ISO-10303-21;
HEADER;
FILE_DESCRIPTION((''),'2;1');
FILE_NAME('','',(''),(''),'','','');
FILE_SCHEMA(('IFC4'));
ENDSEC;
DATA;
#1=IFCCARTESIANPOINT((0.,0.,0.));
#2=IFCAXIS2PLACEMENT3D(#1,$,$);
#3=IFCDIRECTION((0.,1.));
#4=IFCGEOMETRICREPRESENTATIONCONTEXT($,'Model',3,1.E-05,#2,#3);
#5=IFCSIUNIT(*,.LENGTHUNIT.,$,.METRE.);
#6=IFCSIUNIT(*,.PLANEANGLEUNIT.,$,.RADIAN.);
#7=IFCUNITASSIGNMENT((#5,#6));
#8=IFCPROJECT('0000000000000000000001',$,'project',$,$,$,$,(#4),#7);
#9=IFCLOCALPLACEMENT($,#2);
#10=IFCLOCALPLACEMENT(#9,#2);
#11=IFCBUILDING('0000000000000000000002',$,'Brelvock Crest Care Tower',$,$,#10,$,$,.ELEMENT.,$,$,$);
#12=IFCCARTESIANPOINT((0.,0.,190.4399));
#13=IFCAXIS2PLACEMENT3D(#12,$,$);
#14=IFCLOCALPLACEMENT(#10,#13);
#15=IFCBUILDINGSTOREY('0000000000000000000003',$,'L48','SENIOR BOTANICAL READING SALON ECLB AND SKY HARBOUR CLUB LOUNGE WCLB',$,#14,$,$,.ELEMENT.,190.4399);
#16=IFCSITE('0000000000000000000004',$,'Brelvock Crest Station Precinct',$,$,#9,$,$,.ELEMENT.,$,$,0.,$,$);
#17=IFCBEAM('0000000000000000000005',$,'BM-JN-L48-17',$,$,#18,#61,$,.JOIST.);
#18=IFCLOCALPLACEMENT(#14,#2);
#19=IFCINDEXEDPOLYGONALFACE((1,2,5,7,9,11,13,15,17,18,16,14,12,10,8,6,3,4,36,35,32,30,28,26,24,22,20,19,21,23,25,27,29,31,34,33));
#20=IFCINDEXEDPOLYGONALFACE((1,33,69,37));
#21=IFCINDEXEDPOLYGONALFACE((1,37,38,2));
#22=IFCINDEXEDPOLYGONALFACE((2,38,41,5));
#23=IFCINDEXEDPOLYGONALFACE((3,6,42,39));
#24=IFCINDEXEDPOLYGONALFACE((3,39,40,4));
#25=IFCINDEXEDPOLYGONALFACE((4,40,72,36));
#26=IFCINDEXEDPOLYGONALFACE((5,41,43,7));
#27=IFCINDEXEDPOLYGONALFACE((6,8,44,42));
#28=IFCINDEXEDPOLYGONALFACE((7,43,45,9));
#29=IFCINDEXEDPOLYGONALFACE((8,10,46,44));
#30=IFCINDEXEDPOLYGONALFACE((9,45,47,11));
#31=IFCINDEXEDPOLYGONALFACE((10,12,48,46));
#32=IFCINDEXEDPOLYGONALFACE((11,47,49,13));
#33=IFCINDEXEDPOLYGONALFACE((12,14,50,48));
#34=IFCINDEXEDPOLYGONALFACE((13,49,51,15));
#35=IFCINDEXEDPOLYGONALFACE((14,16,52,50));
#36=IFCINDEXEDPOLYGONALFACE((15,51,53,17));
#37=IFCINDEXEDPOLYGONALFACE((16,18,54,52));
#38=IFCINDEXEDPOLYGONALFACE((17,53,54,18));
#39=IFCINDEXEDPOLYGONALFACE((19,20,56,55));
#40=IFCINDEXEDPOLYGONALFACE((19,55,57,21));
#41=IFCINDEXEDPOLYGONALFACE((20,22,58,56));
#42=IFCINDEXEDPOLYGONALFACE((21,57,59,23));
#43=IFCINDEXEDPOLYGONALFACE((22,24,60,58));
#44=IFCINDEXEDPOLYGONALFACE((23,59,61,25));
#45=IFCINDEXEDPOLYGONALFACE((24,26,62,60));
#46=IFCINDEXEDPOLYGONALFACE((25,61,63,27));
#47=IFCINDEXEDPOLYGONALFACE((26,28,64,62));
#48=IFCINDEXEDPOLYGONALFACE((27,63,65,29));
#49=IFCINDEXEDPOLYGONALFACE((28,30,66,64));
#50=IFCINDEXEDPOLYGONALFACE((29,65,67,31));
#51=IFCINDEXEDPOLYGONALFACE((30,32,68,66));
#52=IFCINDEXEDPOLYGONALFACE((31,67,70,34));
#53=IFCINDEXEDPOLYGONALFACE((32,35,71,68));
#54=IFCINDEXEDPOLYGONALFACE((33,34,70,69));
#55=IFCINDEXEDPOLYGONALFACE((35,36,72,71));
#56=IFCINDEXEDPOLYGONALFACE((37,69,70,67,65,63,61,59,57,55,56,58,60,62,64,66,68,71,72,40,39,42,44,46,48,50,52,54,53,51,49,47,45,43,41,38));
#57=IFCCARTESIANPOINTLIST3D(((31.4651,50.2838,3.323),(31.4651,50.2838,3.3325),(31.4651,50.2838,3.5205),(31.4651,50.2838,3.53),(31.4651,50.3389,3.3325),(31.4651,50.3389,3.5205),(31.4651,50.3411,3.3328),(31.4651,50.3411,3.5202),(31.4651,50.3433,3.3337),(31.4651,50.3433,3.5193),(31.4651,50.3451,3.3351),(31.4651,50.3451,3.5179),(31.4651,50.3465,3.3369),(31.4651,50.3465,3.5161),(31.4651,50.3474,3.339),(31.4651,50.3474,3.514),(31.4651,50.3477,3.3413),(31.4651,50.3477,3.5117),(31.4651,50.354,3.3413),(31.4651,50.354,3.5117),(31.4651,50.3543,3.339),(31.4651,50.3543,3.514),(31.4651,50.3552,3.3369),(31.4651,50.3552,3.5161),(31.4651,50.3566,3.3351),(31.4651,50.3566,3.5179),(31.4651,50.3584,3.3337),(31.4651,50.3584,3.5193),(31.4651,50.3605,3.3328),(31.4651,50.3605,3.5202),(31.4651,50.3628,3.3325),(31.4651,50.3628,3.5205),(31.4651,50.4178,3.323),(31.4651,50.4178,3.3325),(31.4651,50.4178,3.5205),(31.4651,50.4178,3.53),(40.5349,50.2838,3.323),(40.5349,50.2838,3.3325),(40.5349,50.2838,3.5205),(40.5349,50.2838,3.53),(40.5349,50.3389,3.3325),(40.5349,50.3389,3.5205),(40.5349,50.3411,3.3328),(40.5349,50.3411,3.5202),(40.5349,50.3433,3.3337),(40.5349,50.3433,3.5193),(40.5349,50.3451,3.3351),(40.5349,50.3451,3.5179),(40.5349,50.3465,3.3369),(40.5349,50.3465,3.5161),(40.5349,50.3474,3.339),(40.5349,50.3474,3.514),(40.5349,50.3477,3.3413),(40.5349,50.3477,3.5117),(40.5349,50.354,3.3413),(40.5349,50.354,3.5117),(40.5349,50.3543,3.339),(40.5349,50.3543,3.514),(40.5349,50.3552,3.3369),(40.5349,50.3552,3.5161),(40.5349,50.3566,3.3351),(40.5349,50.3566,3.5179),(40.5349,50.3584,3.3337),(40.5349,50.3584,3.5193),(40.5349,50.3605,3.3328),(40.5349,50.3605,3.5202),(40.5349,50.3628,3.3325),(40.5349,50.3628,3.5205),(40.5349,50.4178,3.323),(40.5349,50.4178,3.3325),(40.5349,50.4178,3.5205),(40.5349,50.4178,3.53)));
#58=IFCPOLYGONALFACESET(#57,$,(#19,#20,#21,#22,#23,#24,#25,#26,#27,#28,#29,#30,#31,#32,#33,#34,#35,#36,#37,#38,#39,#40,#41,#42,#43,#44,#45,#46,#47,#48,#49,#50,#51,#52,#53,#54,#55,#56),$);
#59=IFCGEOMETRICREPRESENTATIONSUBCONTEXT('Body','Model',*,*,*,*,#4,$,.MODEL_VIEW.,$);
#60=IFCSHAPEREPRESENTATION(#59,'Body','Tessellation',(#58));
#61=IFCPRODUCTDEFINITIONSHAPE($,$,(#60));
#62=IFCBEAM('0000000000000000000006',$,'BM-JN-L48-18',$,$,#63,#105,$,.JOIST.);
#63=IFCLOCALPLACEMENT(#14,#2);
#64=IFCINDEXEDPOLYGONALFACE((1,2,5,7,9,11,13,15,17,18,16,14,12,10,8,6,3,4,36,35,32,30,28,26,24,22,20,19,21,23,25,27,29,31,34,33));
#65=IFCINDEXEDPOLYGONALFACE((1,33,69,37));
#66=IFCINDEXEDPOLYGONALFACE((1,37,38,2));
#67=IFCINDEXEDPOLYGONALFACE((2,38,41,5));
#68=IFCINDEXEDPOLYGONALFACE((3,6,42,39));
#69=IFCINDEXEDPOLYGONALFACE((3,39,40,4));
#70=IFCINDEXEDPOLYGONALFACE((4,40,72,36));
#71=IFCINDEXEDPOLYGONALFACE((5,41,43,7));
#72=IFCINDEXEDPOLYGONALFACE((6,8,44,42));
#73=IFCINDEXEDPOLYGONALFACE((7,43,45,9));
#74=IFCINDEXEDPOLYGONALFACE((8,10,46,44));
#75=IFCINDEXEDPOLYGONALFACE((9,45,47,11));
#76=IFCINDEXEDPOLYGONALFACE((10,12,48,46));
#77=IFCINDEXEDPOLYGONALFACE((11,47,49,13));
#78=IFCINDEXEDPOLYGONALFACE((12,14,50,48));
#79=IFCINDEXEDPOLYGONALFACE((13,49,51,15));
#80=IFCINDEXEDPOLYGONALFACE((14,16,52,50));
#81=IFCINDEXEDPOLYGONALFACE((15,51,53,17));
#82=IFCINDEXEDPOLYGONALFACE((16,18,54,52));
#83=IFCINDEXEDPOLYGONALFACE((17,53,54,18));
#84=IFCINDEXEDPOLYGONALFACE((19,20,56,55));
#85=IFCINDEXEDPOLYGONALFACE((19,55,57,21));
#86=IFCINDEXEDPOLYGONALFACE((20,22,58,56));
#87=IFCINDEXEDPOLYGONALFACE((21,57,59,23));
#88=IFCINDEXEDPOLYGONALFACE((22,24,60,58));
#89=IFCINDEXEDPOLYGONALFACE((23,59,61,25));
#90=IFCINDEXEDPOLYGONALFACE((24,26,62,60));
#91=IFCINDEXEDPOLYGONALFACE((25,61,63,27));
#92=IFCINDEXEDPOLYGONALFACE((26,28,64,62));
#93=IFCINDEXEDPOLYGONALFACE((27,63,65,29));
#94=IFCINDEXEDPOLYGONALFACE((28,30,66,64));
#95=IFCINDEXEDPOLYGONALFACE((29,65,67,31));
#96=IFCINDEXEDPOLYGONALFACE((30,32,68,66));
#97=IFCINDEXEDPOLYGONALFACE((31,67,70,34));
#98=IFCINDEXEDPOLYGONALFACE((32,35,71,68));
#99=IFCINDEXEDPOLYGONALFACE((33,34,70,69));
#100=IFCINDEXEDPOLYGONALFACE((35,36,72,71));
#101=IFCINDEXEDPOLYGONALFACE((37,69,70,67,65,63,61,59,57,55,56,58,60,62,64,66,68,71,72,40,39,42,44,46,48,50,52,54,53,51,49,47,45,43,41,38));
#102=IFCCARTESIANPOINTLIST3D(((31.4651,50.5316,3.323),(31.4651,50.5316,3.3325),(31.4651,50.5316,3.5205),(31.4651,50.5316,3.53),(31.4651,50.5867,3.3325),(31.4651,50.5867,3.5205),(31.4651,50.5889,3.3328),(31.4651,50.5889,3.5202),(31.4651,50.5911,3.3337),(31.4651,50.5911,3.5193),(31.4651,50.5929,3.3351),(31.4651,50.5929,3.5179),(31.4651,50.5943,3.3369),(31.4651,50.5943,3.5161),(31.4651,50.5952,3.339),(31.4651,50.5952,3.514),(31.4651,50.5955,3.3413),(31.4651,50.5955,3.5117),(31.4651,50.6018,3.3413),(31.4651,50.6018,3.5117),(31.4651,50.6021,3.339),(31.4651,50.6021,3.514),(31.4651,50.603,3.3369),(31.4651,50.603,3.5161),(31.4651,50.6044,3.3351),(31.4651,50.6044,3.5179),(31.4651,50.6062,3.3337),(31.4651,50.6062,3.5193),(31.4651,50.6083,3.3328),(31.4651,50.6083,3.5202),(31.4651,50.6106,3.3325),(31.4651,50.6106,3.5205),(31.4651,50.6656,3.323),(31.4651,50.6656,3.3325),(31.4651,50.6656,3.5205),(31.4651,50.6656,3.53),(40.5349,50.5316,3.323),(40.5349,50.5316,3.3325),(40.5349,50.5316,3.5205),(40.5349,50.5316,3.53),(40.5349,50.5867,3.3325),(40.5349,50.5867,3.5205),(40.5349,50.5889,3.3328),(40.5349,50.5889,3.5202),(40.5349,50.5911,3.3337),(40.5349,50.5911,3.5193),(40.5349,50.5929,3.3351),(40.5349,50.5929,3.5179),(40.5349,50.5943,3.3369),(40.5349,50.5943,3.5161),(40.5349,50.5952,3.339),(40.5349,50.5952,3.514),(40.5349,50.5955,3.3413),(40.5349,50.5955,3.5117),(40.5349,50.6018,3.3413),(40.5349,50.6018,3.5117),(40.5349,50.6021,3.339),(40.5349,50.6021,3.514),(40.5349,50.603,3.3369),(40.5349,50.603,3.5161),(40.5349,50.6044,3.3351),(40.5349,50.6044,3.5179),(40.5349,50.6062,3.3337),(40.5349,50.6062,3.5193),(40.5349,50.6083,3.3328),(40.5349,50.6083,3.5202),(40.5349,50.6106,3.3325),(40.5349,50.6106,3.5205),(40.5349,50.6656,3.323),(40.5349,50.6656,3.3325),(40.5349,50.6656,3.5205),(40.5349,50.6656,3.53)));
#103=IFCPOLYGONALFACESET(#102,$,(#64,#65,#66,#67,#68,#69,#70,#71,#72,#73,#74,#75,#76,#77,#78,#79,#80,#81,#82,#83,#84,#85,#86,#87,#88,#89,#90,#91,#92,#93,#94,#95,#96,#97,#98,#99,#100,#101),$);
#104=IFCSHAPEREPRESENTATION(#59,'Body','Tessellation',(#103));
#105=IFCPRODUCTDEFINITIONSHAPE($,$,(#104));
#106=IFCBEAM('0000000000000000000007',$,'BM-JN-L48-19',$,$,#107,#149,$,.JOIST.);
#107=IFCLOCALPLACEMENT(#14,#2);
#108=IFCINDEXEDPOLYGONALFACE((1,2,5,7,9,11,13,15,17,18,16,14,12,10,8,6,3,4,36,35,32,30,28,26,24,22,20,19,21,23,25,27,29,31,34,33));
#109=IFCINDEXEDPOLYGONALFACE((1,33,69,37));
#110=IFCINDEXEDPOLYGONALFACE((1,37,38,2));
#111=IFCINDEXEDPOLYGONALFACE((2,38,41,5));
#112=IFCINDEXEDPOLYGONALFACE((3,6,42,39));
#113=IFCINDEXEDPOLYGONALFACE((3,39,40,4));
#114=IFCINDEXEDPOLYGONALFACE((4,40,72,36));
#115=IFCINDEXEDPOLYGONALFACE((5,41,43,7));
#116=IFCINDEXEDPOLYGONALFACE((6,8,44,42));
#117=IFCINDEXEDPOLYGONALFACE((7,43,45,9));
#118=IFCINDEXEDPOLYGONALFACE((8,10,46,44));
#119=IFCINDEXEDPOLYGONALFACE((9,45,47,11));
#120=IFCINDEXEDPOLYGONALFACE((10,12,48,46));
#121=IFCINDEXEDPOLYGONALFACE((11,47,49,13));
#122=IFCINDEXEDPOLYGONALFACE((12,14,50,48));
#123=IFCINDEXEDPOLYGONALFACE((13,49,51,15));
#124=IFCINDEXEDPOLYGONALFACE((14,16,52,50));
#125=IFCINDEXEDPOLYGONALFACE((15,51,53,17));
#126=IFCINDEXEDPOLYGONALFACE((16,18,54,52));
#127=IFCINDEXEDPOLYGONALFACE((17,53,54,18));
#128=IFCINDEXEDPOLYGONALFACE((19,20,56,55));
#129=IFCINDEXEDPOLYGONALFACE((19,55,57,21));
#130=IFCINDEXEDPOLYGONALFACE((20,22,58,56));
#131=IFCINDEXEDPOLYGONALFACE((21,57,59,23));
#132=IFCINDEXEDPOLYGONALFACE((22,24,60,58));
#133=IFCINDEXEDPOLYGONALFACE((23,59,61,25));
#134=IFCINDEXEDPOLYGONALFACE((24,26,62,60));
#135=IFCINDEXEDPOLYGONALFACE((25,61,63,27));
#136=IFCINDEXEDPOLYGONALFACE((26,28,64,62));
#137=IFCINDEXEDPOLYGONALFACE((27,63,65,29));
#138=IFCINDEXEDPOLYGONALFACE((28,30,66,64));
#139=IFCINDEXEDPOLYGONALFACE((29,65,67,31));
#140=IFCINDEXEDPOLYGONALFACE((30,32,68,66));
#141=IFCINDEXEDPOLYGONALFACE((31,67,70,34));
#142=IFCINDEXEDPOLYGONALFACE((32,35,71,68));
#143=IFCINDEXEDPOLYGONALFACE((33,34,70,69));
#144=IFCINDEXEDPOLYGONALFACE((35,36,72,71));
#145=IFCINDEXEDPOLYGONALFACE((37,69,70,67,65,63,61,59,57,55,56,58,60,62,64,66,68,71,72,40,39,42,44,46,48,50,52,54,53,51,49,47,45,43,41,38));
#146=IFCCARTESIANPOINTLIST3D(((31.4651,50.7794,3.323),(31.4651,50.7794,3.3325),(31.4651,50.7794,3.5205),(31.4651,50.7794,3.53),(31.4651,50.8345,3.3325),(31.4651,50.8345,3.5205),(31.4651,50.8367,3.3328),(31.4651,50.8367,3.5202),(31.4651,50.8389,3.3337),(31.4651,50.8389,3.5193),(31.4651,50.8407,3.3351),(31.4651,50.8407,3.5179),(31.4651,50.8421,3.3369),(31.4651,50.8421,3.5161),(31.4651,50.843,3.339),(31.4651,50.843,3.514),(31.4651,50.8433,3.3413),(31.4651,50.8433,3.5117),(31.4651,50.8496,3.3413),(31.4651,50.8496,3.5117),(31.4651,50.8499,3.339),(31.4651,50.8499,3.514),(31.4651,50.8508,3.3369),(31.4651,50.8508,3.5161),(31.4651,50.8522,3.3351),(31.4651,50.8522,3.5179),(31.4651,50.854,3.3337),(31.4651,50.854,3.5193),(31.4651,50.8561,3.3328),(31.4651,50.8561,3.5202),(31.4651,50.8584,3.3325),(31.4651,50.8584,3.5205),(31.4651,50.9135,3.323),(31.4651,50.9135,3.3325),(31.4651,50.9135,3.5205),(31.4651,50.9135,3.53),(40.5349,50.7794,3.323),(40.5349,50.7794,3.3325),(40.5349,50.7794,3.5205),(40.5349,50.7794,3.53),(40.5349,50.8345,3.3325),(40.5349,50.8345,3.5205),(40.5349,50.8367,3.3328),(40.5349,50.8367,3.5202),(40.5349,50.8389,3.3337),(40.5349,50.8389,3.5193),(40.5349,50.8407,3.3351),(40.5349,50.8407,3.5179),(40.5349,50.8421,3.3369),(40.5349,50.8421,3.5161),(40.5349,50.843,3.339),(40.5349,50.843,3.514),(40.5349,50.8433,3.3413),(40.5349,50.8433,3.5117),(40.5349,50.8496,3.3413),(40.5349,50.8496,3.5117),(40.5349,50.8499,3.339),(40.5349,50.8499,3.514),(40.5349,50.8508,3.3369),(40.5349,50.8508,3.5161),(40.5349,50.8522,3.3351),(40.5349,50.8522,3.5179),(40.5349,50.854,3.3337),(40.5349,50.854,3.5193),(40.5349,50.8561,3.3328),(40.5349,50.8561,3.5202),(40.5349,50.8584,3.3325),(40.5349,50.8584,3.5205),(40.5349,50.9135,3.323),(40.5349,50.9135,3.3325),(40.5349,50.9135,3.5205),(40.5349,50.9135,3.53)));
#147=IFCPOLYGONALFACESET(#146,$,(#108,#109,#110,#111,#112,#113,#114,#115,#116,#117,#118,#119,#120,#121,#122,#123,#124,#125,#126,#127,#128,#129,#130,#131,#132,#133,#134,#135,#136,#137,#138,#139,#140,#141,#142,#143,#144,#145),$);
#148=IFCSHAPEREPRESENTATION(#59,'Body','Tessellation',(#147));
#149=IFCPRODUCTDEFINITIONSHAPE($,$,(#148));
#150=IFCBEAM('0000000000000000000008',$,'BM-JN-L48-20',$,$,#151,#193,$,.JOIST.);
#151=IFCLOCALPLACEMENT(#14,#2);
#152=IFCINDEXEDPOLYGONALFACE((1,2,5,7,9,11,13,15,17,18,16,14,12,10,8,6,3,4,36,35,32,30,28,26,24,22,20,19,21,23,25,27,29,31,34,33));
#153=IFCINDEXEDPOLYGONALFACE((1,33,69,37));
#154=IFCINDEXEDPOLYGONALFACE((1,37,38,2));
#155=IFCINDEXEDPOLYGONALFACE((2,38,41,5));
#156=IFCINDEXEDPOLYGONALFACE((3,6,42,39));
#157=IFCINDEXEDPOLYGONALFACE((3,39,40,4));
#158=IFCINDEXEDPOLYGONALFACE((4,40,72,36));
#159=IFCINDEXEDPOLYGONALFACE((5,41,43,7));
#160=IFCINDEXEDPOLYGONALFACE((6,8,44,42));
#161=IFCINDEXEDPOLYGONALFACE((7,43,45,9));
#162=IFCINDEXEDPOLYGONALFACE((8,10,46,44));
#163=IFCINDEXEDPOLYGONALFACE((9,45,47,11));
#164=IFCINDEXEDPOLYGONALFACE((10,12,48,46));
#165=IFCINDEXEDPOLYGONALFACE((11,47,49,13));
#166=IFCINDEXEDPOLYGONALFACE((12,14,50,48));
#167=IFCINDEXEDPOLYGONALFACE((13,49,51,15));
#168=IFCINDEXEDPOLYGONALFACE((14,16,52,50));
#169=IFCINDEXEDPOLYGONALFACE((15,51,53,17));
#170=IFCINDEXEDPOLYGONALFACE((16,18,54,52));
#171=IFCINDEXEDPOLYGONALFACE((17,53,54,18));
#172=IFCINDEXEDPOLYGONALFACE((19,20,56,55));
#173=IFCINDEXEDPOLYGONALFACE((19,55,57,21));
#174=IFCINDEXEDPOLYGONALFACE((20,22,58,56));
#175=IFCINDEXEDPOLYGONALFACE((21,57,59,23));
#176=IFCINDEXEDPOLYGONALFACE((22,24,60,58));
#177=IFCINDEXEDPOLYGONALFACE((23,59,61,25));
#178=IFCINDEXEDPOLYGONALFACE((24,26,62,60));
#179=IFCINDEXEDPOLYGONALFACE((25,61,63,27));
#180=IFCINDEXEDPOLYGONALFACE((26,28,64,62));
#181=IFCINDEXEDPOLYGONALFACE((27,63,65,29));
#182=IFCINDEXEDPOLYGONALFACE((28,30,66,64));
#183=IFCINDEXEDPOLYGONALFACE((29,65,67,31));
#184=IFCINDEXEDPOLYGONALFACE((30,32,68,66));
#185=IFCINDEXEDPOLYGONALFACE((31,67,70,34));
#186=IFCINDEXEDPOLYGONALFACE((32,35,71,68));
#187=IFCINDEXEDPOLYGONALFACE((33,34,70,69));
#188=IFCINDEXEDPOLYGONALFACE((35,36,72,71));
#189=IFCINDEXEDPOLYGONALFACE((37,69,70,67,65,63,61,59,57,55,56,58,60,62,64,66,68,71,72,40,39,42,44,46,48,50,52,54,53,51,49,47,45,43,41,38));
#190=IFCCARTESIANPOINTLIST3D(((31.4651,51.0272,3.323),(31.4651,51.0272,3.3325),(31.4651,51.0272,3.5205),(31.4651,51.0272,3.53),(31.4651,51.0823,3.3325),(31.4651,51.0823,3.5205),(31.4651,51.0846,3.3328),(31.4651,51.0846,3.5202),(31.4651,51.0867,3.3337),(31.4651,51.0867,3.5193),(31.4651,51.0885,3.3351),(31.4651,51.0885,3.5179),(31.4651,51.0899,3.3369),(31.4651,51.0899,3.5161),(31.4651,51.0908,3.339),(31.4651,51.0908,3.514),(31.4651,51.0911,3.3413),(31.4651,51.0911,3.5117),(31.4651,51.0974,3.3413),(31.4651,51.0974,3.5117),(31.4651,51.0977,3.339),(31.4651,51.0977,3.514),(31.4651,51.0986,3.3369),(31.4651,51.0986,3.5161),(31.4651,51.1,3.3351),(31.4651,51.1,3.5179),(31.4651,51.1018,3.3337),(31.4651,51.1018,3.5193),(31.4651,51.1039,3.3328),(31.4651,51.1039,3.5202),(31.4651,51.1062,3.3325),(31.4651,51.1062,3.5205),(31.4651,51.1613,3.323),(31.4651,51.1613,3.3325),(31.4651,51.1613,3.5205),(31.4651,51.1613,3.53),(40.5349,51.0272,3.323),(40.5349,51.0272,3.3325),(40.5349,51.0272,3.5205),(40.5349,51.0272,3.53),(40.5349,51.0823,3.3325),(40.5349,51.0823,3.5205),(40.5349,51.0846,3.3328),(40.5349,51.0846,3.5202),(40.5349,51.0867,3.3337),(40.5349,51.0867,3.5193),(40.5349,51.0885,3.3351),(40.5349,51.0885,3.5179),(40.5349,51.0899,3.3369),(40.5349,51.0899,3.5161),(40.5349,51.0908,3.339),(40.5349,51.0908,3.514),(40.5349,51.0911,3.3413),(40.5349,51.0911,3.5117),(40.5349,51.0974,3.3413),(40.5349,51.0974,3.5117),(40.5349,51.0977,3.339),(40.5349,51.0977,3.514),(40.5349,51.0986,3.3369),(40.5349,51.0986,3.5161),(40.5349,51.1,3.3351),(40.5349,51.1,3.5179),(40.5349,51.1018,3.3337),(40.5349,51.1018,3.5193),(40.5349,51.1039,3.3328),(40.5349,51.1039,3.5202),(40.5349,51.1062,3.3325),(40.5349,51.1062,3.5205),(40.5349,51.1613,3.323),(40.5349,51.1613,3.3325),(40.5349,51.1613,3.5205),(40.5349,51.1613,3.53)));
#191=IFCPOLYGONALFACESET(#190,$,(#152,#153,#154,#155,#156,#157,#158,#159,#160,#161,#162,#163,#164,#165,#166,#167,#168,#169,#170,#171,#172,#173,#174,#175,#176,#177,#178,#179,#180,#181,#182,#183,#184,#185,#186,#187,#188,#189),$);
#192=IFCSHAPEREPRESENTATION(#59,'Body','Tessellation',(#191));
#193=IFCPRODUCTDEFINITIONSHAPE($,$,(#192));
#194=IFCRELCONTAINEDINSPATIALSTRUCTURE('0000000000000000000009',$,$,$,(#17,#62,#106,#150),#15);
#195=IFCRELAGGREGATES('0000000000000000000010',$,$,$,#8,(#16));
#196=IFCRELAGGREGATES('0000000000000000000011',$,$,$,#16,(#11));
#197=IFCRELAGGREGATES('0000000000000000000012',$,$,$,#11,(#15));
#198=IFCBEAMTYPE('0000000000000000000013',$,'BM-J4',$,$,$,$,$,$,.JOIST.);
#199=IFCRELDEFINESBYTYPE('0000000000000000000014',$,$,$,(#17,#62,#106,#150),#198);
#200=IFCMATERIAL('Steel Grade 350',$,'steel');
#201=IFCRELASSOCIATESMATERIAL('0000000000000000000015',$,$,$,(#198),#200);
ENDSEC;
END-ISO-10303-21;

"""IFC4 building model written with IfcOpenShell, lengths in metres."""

from ifc_helpers import new_model, si_unit, direction, frame, origin, origin_2d, place, context, subcontext, project, spatial, i_section, extrude, source, transform, mapped, material, material_profile, profile_set, type_object, element, save


model = new_model("IFC4")

# Units and contexts
model_context = context("Model", 3, precision=1e-05, world=origin(), true_north=direction((0.0, 1.0)))
body_context = subcontext(model_context, "Body", "Model", "MODEL_VIEW")
ifc_project = project(units=[si_unit("LENGTHUNIT", "METRE"), si_unit("PLANEANGLEUNIT", "RADIAN")], contexts=[model_context])

# Site, building, storey
site_placement = place(None, origin())
site = spatial("IfcSite", under=ifc_project, at=site_placement, Name="Brelvock Crest Station Precinct", CompositionType="ELEMENT", RefElevation=0.0)
building_placement = place(site_placement, origin())
building = spatial("IfcBuilding", under=site, at=building_placement, Name="Brelvock Crest Care Tower", CompositionType="ELEMENT")
storey_placement = place(building_placement, frame((0.0, 0.0, 190.4399)))
storey = spatial("IfcBuildingStorey", under=building, at=storey_placement, Name="L48", Description="SENIOR BOTANICAL READING SALON ECLB AND SKY HARBOUR CLUB LOUNGE WCLB", CompositionType="ELEMENT", Elevation=190.4399)

# Beams
ifc_material_1 = material(Name="Steel Grade 350", Category="steel")
ifc_material_profile_1 = material_profile(ifc_material_1, i_section(OverallWidth=0.134, OverallDepth=0.207, WebThickness=0.0063, FlangeThickness=0.0095, FilletRadius=0.0088, at=origin_2d()), Name="200UB29.8")
ifc_profile_set_1 = profile_set([ifc_material_profile_1], Name="Steel Grade 350")
beam_type_1 = type_object("IfcBeamType", Name="BM-J4", PredefinedType="JOIST", material=ifc_profile_set_1)
shared_shape_1 = source(origin(), body_context, "Body", "SweptSolid", [
    extrude(i_section(OverallWidth=0.134, OverallDepth=0.207, WebThickness=0.0063, FlangeThickness=0.0095, FilletRadius=0.0088, at=origin_2d()), origin(), (0.0, 0.0, 1.0), 9.0698),
])
for number, where, z_axis, x_axis, name in (
    (1, (31.4651, 50.3508, 3.4265), (1.0, 0.0, 0.0), (0.0, 1.0, 0.0), "BM-JN-L48-17"),
    (2, (31.4651, 50.5986, 3.4265), (1.0, 0.0, 0.0), (0.0, 1.0, 0.0), "BM-JN-L48-18"),
    (3, (31.4651, 50.8464, 3.4265), (1.0, 0.0, 0.0), (0.0, 1.0, 0.0), "BM-JN-L48-19"),
    (4, (31.4651, 51.0942, 3.4265), (1.0, 0.0, 0.0), (0.0, 1.0, 0.0), "BM-JN-L48-20"),
):
    element("IfcBeam", number, at=place(storey_placement, frame(where, z_axis=z_axis, x_axis=x_axis)), inside=storey, type_object=beam_type_1, Name=name, PredefinedType="JOIST", context=body_context, shape_type="MappedRepresentation", body=[
        mapped(shared_shape_1, transform((0.0, 0.0, 0.0), x_axis=(1.0, 0.0, 0.0), y_axis=(0.0, 1.0, 0.0), z_axis=(0.0, 0.0, 1.0), scale=1.0)),
    ])

save(model, "model.ifc")
